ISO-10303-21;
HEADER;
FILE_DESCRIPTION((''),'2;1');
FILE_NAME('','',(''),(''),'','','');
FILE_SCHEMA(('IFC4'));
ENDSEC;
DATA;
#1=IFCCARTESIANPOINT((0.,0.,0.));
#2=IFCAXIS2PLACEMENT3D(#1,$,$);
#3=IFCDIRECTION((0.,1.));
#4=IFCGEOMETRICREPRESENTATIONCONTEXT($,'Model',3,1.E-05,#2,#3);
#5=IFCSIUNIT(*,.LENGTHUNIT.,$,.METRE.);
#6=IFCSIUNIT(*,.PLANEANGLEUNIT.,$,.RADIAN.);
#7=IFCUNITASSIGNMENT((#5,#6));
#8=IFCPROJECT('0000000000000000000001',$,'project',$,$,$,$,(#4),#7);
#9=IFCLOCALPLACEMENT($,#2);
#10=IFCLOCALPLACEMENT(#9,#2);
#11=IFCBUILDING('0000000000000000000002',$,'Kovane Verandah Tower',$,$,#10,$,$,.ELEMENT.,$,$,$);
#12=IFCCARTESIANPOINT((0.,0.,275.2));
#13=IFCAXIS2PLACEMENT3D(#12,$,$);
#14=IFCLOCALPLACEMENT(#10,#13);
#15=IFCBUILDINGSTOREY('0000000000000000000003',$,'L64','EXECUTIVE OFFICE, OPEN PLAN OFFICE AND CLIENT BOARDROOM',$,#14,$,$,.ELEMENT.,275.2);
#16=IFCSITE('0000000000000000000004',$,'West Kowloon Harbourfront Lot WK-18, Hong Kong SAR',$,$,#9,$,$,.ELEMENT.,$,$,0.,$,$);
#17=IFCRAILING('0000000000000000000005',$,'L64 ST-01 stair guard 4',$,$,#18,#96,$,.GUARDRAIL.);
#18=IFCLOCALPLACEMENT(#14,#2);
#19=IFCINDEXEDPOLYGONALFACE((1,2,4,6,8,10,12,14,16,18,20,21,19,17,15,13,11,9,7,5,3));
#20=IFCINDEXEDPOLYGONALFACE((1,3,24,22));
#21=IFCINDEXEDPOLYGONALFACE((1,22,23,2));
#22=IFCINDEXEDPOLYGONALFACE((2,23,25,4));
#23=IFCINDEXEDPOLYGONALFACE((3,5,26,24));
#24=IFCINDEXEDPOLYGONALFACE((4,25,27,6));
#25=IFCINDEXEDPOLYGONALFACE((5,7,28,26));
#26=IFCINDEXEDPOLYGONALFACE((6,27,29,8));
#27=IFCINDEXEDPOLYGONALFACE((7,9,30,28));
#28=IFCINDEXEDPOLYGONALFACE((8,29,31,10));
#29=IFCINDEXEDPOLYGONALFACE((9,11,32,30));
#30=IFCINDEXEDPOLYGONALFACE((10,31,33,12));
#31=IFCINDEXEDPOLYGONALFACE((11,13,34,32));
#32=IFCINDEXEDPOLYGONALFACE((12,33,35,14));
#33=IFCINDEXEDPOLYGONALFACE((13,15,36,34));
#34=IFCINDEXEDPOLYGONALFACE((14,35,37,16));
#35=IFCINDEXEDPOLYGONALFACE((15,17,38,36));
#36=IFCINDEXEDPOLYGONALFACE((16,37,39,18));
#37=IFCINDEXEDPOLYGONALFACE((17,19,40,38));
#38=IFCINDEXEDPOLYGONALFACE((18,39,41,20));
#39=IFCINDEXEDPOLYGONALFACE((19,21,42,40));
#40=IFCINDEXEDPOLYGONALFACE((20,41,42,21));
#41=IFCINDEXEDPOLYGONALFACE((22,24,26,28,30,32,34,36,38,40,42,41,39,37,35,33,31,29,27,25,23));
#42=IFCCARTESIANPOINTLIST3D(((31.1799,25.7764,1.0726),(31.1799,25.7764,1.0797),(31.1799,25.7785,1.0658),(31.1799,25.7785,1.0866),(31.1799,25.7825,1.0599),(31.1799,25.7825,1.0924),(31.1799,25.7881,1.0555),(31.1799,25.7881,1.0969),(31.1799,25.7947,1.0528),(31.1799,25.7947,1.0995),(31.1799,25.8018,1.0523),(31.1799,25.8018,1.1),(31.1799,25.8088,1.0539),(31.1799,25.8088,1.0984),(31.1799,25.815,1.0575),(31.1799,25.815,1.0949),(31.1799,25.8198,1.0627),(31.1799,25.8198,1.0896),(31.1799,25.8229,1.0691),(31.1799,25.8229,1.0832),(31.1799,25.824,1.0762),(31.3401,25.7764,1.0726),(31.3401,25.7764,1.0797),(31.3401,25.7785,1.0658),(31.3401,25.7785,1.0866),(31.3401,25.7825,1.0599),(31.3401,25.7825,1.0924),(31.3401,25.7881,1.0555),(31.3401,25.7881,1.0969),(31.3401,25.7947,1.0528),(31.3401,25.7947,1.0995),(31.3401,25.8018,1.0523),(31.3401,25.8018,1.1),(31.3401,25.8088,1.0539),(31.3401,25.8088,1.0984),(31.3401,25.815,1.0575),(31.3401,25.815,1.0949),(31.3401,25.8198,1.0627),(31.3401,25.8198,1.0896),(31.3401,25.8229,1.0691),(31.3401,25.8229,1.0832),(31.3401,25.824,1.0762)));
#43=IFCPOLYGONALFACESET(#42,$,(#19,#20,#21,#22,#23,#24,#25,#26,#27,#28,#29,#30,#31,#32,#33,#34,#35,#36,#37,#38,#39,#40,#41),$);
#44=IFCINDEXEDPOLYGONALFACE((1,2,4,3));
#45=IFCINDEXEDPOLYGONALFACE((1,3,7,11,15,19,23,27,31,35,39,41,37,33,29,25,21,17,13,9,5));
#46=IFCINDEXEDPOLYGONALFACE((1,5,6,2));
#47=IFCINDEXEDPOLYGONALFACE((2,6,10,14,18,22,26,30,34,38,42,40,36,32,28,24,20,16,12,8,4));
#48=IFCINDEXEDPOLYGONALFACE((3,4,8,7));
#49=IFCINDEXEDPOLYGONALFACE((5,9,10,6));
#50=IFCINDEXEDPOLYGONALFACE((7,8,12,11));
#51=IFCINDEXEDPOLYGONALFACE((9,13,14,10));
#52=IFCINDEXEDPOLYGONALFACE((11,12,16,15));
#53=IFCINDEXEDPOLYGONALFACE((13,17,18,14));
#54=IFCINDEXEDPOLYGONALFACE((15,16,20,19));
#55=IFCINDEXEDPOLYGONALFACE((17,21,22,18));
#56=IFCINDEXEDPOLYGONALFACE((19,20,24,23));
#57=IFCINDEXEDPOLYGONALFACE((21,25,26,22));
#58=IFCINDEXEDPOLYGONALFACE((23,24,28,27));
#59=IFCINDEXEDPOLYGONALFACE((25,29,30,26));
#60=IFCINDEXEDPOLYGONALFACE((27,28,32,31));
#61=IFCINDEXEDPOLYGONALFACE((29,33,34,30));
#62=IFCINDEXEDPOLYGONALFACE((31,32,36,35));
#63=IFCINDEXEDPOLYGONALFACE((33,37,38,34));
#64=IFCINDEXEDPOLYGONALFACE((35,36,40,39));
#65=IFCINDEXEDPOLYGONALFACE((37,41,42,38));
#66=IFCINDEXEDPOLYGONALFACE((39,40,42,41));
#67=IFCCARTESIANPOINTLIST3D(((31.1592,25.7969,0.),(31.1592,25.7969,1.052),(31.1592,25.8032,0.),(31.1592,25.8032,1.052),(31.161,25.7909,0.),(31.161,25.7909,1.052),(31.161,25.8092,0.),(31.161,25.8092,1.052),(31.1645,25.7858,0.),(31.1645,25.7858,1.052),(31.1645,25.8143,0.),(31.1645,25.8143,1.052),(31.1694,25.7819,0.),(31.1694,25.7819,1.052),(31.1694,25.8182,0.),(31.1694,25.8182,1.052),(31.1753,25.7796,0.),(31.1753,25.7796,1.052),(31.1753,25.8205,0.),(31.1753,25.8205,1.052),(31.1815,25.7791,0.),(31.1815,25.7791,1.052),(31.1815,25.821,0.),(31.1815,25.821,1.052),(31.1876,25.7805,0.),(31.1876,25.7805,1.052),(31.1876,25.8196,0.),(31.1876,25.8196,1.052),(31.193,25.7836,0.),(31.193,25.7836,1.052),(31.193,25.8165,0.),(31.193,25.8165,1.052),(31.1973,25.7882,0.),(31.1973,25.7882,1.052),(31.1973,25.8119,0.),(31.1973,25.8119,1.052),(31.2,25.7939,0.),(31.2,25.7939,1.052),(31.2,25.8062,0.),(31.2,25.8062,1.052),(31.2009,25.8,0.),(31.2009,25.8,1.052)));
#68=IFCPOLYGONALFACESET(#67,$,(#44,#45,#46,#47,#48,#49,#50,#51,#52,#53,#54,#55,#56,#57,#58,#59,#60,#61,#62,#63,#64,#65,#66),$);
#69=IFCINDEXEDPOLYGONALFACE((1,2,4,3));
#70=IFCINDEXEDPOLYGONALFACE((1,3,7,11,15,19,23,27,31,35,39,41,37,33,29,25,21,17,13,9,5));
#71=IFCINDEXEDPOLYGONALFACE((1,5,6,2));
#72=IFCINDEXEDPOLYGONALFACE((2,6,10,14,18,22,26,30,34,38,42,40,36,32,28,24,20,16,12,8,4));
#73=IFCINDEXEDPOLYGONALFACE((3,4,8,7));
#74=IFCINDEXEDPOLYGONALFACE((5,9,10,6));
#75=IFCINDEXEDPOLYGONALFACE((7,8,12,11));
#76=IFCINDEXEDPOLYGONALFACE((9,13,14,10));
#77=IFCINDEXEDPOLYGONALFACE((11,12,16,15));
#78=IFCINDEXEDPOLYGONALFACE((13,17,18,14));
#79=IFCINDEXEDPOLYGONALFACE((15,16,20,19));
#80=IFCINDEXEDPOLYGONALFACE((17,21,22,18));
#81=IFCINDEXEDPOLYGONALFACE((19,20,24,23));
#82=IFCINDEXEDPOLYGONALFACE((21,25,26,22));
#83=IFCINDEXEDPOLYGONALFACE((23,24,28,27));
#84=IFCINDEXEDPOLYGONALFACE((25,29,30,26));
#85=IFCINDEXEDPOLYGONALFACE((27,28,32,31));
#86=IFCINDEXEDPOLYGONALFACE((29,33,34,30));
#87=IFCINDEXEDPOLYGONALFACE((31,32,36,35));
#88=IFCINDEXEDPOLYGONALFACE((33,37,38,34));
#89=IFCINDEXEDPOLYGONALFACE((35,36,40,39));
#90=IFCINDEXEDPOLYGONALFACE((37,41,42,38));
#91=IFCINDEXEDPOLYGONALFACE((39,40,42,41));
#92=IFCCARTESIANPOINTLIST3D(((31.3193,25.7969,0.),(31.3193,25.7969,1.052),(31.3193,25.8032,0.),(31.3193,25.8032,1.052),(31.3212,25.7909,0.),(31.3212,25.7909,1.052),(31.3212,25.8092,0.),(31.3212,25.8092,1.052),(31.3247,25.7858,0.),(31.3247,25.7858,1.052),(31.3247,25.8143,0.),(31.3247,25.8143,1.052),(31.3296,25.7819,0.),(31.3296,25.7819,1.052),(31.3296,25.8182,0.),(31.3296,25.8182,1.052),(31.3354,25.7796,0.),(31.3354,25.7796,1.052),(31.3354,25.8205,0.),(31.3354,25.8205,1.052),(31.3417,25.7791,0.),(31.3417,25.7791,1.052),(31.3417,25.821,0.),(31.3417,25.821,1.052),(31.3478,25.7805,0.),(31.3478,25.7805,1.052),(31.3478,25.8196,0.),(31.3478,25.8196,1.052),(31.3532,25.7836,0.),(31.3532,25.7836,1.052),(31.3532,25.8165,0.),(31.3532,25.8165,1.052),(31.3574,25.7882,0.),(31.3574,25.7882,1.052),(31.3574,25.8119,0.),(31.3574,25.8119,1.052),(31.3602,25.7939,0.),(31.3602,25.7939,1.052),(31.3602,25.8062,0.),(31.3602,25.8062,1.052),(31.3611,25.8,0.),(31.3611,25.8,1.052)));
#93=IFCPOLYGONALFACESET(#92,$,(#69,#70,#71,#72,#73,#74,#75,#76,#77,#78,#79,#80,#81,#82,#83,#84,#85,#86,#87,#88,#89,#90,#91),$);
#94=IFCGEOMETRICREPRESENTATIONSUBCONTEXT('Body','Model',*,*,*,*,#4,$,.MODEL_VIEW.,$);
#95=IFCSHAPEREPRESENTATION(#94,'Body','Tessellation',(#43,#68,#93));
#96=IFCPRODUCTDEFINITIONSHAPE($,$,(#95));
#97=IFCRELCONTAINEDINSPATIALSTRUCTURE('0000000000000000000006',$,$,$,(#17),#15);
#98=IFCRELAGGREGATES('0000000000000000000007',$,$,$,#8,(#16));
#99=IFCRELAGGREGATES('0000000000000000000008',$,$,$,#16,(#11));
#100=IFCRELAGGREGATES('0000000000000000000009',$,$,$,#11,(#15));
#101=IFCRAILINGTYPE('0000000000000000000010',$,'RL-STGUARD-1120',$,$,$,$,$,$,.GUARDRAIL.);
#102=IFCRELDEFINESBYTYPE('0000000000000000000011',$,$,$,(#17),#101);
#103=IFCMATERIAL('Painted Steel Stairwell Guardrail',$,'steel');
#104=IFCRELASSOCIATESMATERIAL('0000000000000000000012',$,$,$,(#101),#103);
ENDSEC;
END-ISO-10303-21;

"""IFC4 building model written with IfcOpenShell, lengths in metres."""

from ifc_helpers import new_model, si_unit, direction, frame, origin, origin_2d, place, context, subcontext, project, spatial, circle, extrude, material, type_object, element, save


model = new_model("IFC4")

# Units and contexts
model_context = context("Model", 3, precision=1e-05, world=origin(), true_north=direction((0.0, 1.0)))
body_context = subcontext(model_context, "Body", "Model", "MODEL_VIEW")
ifc_project = project(units=[si_unit("LENGTHUNIT", "METRE"), si_unit("PLANEANGLEUNIT", "RADIAN")], contexts=[model_context])

# Site, building, storey
site_placement = place(None, origin())
site = spatial("IfcSite", under=ifc_project, at=site_placement, Name="West Kowloon Harbourfront Lot WK-18, Hong Kong SAR", CompositionType="ELEMENT", RefElevation=0.0)
building_placement = place(site_placement, origin())
building = spatial("IfcBuilding", under=site, at=building_placement, Name="Kovane Verandah Tower", CompositionType="ELEMENT")
storey_placement = place(building_placement, frame((0.0, 0.0, 275.2)))
storey = spatial("IfcBuildingStorey", under=building, at=storey_placement, Name="L64", Description="EXECUTIVE OFFICE, OPEN PLAN OFFICE AND CLIENT BOARDROOM", CompositionType="ELEMENT", Elevation=275.2)

# Railing
ifc_material_1 = material(Name="Painted Steel Stairwell Guardrail", Category="steel")
railing_type_1 = type_object("IfcRailingType", Name="RL-STGUARD-1120", PredefinedType="GUARDRAIL", material=ifc_material_1)
railing_1_placement = place(storey_placement, frame((31.1799, 25.8, 0.0)))
element("IfcRailing", 1, at=railing_1_placement, inside=storey, type_object=railing_type_1, Name="L64 ST-01 stair guard 4", PredefinedType="GUARDRAIL", context=body_context, shape_type="SweptSolid", body=[
    extrude(circle(Radius=0.0239, at=origin_2d()), frame((0.0, 0.0, 1.0762), z_axis=(1.0, 0.0, 0.0), x_axis=(0.0, 1.0, 0.0)), (0.0, 0.0, 1.0), 0.1602),
    extrude(circle(Radius=0.021, at=origin_2d()), origin(), (0.0, 0.0, 1.0), 1.052),
    extrude(circle(Radius=0.021, at=origin_2d()), frame((0.1602, 0.0, 0.0)), (0.0, 0.0, 1.0), 1.052),
])

save(model, "model.ifc")
